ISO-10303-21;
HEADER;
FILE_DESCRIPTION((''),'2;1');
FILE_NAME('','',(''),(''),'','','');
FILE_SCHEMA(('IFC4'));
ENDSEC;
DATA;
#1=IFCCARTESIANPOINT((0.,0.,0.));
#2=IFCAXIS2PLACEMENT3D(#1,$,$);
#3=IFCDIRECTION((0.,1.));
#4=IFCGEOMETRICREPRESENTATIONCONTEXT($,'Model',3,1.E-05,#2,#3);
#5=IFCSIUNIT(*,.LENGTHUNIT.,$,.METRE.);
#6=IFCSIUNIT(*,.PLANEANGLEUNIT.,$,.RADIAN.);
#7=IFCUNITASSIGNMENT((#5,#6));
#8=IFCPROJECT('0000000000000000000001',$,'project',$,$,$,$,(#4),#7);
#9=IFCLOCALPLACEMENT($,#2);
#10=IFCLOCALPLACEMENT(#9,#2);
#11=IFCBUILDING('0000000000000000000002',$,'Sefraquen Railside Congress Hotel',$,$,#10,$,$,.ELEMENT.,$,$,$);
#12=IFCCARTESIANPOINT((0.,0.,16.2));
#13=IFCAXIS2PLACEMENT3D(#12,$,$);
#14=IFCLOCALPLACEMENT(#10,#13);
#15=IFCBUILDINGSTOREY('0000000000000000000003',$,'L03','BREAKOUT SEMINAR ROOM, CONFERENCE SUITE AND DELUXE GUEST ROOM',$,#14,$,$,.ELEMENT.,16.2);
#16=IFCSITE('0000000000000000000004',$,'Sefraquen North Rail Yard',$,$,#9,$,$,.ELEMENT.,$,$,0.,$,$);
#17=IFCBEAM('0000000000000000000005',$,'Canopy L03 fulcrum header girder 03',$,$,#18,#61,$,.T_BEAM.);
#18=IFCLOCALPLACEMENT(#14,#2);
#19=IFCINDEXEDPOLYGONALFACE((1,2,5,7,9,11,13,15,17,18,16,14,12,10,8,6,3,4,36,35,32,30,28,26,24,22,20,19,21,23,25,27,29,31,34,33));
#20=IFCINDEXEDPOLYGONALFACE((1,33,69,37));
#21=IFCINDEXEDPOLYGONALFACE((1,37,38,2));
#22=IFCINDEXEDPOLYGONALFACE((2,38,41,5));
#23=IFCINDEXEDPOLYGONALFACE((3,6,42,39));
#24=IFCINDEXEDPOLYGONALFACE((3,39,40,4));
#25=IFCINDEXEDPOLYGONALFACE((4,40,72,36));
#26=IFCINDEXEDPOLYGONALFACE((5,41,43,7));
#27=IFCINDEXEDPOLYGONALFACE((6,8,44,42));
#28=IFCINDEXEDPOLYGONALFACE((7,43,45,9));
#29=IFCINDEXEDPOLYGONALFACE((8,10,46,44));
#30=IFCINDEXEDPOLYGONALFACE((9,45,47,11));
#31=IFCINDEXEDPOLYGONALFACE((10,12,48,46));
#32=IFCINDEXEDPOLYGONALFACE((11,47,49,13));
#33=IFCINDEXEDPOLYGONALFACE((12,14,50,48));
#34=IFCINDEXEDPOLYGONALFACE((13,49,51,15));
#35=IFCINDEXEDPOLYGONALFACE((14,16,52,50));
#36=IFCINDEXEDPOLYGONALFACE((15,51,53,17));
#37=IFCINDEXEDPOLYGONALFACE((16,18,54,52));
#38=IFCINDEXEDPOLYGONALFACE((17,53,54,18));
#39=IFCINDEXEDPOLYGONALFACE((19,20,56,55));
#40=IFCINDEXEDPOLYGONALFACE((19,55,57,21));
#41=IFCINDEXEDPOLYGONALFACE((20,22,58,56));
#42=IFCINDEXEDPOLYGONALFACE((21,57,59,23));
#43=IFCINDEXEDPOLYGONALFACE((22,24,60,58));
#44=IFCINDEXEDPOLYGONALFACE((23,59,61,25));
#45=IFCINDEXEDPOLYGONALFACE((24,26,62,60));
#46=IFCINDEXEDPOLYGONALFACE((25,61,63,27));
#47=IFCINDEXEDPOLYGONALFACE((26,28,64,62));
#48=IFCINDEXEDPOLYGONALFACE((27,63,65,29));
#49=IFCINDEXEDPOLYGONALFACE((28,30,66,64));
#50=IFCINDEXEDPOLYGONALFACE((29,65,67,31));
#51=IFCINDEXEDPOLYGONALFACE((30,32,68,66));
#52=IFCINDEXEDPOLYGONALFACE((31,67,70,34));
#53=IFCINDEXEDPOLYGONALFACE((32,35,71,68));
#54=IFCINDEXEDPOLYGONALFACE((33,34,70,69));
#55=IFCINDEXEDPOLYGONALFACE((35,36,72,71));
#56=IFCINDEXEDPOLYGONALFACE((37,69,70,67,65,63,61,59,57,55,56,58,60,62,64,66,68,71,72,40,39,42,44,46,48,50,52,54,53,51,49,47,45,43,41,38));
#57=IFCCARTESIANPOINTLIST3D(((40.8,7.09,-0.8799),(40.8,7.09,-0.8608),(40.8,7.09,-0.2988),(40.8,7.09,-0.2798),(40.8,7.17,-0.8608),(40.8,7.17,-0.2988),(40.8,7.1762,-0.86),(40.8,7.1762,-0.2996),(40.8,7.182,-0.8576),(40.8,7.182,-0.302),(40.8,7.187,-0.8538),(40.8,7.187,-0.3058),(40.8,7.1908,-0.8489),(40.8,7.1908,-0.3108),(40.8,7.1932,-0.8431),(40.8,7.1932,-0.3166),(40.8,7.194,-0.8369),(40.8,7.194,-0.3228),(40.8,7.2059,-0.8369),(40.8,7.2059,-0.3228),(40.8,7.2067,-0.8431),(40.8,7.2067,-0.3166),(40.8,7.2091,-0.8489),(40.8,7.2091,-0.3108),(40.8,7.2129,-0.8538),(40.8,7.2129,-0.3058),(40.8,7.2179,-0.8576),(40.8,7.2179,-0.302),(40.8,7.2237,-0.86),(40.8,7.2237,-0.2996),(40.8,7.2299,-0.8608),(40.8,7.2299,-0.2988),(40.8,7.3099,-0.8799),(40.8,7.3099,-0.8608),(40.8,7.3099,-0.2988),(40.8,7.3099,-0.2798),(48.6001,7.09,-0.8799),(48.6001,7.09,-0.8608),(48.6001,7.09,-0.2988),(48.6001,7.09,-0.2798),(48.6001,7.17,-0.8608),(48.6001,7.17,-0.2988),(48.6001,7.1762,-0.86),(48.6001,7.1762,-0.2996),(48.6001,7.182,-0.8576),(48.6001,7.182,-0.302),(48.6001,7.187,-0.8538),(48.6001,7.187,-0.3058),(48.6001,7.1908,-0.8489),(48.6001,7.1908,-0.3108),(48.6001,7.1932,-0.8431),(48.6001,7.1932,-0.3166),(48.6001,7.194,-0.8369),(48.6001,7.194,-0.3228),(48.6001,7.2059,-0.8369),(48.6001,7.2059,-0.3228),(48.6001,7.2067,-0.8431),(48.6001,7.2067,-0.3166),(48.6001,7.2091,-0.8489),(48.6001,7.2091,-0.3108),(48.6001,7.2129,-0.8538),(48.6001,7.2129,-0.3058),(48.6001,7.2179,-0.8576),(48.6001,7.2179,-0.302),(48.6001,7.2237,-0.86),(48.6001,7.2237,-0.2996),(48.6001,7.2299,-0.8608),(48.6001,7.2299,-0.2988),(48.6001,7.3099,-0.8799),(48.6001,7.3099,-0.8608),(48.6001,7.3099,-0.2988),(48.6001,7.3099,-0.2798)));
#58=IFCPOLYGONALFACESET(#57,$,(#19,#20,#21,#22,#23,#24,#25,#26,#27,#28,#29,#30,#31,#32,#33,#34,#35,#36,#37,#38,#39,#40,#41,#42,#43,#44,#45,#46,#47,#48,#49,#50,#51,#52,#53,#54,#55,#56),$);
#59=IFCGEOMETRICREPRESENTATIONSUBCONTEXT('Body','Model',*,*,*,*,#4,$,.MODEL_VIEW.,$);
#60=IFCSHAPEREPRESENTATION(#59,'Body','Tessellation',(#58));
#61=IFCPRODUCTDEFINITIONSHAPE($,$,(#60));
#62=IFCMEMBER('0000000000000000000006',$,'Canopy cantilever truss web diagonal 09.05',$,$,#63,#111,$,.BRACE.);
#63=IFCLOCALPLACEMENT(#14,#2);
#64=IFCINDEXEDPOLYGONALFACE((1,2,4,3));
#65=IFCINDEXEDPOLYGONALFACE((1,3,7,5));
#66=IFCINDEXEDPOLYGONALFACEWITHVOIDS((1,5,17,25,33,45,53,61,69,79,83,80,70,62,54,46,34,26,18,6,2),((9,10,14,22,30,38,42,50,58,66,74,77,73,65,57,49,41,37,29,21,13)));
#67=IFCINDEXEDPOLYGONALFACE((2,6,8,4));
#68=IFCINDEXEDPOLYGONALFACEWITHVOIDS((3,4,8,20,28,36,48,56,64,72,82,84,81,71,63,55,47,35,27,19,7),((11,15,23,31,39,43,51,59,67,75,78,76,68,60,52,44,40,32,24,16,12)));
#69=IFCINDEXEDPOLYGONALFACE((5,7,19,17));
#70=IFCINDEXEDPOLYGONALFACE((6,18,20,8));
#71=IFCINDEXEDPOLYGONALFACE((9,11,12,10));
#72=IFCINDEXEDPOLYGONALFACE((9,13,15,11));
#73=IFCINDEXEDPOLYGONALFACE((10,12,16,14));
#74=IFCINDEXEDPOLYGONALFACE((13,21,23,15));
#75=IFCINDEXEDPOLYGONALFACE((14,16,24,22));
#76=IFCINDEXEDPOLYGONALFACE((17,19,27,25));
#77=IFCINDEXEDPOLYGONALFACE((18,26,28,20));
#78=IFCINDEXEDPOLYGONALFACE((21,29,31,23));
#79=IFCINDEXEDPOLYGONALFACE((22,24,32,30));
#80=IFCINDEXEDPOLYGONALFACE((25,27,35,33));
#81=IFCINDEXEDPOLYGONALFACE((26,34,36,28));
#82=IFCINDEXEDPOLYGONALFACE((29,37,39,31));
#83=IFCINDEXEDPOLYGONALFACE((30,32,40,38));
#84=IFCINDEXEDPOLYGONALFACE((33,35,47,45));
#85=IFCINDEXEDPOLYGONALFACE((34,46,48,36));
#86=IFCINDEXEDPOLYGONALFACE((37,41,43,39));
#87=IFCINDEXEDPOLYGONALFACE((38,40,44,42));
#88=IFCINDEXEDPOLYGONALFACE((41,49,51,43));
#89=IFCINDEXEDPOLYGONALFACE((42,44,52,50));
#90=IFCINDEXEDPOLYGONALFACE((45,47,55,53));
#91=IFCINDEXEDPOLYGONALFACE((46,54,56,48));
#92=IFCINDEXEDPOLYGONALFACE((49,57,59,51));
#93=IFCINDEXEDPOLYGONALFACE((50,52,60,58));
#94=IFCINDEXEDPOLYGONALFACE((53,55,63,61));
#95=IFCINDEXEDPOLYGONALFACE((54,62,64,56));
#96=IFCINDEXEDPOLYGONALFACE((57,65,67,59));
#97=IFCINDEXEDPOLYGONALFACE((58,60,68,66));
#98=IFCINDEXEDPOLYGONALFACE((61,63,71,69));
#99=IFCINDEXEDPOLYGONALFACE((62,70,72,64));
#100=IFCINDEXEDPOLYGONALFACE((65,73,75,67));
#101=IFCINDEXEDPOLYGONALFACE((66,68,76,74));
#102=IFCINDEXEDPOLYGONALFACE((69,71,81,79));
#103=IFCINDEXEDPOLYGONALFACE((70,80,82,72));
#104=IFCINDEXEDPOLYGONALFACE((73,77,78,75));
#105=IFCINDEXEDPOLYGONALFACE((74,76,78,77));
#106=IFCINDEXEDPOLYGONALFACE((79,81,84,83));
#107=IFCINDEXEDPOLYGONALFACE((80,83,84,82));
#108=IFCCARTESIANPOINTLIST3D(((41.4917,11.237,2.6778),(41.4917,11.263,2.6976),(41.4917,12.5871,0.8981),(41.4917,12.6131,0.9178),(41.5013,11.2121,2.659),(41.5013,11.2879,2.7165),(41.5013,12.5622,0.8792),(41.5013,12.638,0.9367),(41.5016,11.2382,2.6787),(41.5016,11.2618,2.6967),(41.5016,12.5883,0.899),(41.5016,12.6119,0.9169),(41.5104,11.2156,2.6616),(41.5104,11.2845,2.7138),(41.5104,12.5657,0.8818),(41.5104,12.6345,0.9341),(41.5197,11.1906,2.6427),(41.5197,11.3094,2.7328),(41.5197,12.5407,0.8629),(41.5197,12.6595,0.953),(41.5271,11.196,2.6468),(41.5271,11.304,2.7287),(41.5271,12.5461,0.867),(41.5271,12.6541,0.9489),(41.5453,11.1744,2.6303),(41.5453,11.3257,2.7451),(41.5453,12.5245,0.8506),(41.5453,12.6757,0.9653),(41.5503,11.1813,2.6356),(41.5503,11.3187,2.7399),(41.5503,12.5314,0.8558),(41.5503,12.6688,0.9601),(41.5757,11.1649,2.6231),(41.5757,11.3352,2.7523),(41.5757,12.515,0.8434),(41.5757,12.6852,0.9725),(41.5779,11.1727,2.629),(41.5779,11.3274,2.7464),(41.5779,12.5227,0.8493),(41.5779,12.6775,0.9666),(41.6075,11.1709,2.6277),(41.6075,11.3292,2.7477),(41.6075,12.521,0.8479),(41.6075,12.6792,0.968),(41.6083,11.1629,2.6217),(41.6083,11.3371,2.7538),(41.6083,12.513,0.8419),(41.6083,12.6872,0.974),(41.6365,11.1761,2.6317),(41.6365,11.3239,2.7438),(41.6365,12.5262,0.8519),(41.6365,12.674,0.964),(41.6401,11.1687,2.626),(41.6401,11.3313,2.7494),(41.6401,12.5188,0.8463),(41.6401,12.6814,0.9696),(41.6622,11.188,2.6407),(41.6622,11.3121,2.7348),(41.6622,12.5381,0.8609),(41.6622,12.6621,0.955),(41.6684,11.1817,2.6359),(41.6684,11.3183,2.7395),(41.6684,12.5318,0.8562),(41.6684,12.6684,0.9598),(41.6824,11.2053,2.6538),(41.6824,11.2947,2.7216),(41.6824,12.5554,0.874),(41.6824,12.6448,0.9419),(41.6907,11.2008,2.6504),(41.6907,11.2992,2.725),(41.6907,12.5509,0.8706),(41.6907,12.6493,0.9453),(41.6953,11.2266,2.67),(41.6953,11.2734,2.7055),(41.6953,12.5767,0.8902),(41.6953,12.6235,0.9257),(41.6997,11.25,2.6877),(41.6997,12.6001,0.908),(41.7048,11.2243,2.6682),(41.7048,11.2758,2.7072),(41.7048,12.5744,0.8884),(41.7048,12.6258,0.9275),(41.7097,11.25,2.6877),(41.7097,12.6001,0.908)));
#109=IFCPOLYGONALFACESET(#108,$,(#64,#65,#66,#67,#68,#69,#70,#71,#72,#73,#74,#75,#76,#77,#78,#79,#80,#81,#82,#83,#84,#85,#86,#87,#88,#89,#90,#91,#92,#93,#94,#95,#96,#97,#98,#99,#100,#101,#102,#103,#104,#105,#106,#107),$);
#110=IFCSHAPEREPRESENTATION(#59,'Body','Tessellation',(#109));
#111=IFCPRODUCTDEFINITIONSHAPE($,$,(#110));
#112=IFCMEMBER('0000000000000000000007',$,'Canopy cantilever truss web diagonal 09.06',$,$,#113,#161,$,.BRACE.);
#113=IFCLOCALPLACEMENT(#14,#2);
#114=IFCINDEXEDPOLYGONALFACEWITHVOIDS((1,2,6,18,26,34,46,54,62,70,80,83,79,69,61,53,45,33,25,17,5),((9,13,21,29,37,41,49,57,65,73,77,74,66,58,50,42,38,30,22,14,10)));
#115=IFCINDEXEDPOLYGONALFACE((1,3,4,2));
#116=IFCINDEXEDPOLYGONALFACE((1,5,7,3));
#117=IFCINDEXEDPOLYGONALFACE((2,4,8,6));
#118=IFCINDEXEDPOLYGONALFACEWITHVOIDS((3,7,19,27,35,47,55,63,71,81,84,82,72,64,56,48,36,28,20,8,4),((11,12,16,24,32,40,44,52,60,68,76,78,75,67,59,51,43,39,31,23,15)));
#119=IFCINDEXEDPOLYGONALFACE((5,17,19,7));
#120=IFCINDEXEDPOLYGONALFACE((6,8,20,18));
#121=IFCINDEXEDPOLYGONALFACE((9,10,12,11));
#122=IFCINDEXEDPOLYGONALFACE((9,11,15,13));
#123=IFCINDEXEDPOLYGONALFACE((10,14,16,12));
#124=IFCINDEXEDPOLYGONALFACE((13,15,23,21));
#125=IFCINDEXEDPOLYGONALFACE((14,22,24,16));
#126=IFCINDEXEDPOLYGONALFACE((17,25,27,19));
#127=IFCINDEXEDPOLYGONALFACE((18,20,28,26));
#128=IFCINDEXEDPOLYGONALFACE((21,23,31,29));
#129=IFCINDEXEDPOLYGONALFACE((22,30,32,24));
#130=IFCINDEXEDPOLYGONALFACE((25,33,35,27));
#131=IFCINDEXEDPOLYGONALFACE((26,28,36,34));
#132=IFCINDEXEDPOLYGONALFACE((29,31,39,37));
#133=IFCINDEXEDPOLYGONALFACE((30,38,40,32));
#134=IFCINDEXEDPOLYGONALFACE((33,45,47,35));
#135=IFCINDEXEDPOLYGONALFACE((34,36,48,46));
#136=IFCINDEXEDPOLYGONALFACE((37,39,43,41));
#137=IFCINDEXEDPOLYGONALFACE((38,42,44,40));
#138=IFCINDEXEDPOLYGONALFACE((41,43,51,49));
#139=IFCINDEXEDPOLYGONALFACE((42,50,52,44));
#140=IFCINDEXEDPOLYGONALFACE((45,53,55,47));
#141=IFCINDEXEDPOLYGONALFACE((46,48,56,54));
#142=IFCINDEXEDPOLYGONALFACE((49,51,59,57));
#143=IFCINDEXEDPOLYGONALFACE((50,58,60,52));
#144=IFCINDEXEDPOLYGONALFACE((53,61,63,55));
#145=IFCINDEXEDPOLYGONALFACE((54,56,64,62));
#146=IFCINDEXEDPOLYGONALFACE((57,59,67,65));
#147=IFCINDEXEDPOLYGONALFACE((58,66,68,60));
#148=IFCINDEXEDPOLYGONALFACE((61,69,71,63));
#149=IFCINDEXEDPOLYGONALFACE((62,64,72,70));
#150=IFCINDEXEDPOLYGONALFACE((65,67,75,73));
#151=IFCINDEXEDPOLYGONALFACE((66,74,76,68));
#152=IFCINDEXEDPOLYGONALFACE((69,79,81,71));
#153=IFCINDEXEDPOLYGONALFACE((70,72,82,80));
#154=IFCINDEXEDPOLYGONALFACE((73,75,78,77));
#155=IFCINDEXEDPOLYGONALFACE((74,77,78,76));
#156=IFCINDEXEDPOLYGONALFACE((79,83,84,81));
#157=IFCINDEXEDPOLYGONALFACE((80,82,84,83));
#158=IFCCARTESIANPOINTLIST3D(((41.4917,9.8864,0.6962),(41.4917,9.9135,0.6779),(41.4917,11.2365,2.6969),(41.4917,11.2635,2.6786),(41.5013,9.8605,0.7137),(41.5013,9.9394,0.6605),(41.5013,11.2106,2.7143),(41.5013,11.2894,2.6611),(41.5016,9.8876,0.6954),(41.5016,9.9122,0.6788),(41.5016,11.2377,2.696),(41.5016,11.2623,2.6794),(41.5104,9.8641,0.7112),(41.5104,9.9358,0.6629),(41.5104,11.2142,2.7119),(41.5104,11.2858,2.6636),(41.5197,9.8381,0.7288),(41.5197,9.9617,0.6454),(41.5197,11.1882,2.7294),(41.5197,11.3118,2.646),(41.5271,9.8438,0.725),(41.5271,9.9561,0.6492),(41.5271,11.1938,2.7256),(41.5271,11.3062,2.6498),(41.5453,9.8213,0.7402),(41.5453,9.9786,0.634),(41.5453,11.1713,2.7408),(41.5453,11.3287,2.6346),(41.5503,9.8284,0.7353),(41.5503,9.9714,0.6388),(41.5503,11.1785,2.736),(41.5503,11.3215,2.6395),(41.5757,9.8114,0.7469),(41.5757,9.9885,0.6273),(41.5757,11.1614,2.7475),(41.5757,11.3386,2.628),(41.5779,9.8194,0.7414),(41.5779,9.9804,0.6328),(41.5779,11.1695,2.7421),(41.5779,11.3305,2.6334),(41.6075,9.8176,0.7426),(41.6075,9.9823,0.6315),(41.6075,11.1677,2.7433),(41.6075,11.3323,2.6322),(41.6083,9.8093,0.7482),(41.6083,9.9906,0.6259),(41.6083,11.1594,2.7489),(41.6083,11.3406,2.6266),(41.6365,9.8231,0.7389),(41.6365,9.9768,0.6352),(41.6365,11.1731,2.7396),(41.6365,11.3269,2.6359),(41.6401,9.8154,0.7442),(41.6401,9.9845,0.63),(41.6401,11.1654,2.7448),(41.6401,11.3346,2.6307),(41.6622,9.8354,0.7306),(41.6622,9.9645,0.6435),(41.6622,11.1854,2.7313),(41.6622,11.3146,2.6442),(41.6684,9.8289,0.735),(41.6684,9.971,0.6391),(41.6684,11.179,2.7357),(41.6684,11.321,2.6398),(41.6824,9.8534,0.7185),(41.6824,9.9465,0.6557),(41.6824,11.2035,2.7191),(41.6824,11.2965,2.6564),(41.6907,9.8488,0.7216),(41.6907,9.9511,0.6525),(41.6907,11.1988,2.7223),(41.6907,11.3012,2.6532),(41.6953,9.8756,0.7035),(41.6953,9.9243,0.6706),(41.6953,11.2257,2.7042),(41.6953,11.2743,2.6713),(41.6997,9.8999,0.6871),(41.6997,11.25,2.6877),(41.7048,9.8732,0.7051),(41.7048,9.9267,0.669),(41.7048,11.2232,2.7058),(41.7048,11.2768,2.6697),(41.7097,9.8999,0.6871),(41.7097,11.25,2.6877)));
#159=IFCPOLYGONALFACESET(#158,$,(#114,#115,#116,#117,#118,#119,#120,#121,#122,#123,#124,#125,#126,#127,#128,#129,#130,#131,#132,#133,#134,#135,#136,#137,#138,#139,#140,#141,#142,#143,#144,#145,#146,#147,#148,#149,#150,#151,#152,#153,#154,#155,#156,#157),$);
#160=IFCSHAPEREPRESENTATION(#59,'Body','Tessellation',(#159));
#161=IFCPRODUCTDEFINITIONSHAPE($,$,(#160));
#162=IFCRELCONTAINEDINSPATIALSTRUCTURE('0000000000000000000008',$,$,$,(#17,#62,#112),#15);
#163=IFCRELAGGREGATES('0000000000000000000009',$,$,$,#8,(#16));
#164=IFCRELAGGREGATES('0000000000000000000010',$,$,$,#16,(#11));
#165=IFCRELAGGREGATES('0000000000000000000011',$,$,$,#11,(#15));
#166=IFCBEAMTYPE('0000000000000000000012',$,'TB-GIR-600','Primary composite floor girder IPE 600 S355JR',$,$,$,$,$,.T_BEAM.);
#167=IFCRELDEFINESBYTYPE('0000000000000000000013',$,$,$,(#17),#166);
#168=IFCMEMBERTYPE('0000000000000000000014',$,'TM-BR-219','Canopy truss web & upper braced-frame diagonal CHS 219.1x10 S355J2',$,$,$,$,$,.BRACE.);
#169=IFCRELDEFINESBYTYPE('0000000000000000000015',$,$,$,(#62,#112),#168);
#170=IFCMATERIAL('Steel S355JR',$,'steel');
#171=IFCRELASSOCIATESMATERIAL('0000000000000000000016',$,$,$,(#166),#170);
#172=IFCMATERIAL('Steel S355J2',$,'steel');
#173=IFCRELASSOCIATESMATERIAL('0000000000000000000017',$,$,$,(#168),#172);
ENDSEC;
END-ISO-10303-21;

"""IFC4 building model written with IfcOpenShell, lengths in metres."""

from ifc_helpers import new_model, si_unit, direction, frame, origin, origin_2d, place, context, subcontext, project, spatial, hollow_circle, i_section, extrude, material, material_profile, profile_set, type_object, element, save


model = new_model("IFC4")

# Units and contexts
model_context = context("Model", 3, precision=1e-05, world=origin(), true_north=direction((0.0, 1.0)))
body_context = subcontext(model_context, "Body", "Model", "MODEL_VIEW")
ifc_project = project(units=[si_unit("LENGTHUNIT", "METRE"), si_unit("PLANEANGLEUNIT", "RADIAN")], contexts=[model_context])

# Site, building, storey
site_placement = place(None, origin())
site = spatial("IfcSite", under=ifc_project, at=site_placement, Name="Sefraquen North Rail Yard", CompositionType="ELEMENT", RefElevation=0.0)
building_placement = place(site_placement, origin())
building = spatial("IfcBuilding", under=site, at=building_placement, Name="Sefraquen Railside Congress Hotel", CompositionType="ELEMENT")
storey_placement = place(building_placement, frame((0.0, 0.0, 16.2)))
storey = spatial("IfcBuildingStorey", under=building, at=storey_placement, Name="L03", Description="BREAKOUT SEMINAR ROOM, CONFERENCE SUITE AND DELUXE GUEST ROOM", CompositionType="ELEMENT", Elevation=16.2)

# Beam
ifc_material_1 = material(Name="Steel S355JR", Category="steel")
ifc_material_profile_1 = material_profile(ifc_material_1, i_section(OverallWidth=0.22, OverallDepth=0.6001, WebThickness=0.012, FlangeThickness=0.019, FilletRadius=0.0239, at=origin_2d()), Name="IPE 600")
ifc_profile_set_1 = profile_set([ifc_material_profile_1], Name="Steel S355JR")
beam_type = type_object("IfcBeamType", Name="TB-GIR-600", Description="Primary composite floor girder IPE 600 S355JR", PredefinedType="T_BEAM", material=ifc_profile_set_1)
beam_placement = place(storey_placement, frame((40.8, 7.2, -0.5798), z_axis=(1.0, 0.0, 0.0), x_axis=(0.0, 1.0, 0.0)))
element("IfcBeam", 1, at=beam_placement, inside=storey, type_object=beam_type, Name="Canopy L03 fulcrum header girder 03", PredefinedType="T_BEAM", context=body_context, shape_type="SweptSolid", body=[
    extrude(i_section(OverallWidth=0.22, OverallDepth=0.6001, WebThickness=0.012, FlangeThickness=0.019, FilletRadius=0.0239, at=origin_2d()), origin(), (0.0, 0.0, 1.0), 7.8),
])

# Members
ifc_material_2 = material(Name="Steel S355J2", Category="steel")
ifc_material_profile_2 = material_profile(ifc_material_2, hollow_circle(Radius=0.1096, WallThickness=0.01, at=origin_2d()), Name="CHS 219.1x10")
ifc_profile_set_2 = profile_set([ifc_material_profile_2], Name="Steel S355J2")
member_type_1 = type_object("IfcMemberType", Name="TM-BR-219", Description="Canopy truss web & upper braced-frame diagonal CHS 219.1x10 S355J2", PredefinedType="BRACE", material=ifc_profile_set_2)
member_1_placement = place(storey_placement, frame((41.6001, 12.6001, 0.908), z_axis=(0.0, -0.604363, 0.796709), x_axis=(1.0, 0.0, 0.0)))
element("IfcMember", 2, at=member_1_placement, inside=storey, type_object=member_type_1, Name="Canopy cantilever truss web diagonal 09.05", PredefinedType="BRACE", context=body_context, shape_type="SweptSolid", body=[
    extrude(hollow_circle(Radius=0.1096, WallThickness=0.01, at=origin_2d()), origin(), (0.0, 0.0, 1.0), 2.2339),
])
member_2_placement = place(storey_placement, frame((41.6001, 11.25, 2.6877), z_axis=(0.0, -0.55936, -0.828925), x_axis=(1.0, 0.0, 0.0)))
element("IfcMember", 3, at=member_2_placement, inside=storey, type_object=member_type_1, Name="Canopy cantilever truss web diagonal 09.06", PredefinedType="BRACE", context=body_context, shape_type="SweptSolid", body=[
    extrude(hollow_circle(Radius=0.1096, WallThickness=0.01, at=origin_2d()), origin(), (0.0, 0.0, 1.0), 2.4136),
])

save(model, "model.ifc")
